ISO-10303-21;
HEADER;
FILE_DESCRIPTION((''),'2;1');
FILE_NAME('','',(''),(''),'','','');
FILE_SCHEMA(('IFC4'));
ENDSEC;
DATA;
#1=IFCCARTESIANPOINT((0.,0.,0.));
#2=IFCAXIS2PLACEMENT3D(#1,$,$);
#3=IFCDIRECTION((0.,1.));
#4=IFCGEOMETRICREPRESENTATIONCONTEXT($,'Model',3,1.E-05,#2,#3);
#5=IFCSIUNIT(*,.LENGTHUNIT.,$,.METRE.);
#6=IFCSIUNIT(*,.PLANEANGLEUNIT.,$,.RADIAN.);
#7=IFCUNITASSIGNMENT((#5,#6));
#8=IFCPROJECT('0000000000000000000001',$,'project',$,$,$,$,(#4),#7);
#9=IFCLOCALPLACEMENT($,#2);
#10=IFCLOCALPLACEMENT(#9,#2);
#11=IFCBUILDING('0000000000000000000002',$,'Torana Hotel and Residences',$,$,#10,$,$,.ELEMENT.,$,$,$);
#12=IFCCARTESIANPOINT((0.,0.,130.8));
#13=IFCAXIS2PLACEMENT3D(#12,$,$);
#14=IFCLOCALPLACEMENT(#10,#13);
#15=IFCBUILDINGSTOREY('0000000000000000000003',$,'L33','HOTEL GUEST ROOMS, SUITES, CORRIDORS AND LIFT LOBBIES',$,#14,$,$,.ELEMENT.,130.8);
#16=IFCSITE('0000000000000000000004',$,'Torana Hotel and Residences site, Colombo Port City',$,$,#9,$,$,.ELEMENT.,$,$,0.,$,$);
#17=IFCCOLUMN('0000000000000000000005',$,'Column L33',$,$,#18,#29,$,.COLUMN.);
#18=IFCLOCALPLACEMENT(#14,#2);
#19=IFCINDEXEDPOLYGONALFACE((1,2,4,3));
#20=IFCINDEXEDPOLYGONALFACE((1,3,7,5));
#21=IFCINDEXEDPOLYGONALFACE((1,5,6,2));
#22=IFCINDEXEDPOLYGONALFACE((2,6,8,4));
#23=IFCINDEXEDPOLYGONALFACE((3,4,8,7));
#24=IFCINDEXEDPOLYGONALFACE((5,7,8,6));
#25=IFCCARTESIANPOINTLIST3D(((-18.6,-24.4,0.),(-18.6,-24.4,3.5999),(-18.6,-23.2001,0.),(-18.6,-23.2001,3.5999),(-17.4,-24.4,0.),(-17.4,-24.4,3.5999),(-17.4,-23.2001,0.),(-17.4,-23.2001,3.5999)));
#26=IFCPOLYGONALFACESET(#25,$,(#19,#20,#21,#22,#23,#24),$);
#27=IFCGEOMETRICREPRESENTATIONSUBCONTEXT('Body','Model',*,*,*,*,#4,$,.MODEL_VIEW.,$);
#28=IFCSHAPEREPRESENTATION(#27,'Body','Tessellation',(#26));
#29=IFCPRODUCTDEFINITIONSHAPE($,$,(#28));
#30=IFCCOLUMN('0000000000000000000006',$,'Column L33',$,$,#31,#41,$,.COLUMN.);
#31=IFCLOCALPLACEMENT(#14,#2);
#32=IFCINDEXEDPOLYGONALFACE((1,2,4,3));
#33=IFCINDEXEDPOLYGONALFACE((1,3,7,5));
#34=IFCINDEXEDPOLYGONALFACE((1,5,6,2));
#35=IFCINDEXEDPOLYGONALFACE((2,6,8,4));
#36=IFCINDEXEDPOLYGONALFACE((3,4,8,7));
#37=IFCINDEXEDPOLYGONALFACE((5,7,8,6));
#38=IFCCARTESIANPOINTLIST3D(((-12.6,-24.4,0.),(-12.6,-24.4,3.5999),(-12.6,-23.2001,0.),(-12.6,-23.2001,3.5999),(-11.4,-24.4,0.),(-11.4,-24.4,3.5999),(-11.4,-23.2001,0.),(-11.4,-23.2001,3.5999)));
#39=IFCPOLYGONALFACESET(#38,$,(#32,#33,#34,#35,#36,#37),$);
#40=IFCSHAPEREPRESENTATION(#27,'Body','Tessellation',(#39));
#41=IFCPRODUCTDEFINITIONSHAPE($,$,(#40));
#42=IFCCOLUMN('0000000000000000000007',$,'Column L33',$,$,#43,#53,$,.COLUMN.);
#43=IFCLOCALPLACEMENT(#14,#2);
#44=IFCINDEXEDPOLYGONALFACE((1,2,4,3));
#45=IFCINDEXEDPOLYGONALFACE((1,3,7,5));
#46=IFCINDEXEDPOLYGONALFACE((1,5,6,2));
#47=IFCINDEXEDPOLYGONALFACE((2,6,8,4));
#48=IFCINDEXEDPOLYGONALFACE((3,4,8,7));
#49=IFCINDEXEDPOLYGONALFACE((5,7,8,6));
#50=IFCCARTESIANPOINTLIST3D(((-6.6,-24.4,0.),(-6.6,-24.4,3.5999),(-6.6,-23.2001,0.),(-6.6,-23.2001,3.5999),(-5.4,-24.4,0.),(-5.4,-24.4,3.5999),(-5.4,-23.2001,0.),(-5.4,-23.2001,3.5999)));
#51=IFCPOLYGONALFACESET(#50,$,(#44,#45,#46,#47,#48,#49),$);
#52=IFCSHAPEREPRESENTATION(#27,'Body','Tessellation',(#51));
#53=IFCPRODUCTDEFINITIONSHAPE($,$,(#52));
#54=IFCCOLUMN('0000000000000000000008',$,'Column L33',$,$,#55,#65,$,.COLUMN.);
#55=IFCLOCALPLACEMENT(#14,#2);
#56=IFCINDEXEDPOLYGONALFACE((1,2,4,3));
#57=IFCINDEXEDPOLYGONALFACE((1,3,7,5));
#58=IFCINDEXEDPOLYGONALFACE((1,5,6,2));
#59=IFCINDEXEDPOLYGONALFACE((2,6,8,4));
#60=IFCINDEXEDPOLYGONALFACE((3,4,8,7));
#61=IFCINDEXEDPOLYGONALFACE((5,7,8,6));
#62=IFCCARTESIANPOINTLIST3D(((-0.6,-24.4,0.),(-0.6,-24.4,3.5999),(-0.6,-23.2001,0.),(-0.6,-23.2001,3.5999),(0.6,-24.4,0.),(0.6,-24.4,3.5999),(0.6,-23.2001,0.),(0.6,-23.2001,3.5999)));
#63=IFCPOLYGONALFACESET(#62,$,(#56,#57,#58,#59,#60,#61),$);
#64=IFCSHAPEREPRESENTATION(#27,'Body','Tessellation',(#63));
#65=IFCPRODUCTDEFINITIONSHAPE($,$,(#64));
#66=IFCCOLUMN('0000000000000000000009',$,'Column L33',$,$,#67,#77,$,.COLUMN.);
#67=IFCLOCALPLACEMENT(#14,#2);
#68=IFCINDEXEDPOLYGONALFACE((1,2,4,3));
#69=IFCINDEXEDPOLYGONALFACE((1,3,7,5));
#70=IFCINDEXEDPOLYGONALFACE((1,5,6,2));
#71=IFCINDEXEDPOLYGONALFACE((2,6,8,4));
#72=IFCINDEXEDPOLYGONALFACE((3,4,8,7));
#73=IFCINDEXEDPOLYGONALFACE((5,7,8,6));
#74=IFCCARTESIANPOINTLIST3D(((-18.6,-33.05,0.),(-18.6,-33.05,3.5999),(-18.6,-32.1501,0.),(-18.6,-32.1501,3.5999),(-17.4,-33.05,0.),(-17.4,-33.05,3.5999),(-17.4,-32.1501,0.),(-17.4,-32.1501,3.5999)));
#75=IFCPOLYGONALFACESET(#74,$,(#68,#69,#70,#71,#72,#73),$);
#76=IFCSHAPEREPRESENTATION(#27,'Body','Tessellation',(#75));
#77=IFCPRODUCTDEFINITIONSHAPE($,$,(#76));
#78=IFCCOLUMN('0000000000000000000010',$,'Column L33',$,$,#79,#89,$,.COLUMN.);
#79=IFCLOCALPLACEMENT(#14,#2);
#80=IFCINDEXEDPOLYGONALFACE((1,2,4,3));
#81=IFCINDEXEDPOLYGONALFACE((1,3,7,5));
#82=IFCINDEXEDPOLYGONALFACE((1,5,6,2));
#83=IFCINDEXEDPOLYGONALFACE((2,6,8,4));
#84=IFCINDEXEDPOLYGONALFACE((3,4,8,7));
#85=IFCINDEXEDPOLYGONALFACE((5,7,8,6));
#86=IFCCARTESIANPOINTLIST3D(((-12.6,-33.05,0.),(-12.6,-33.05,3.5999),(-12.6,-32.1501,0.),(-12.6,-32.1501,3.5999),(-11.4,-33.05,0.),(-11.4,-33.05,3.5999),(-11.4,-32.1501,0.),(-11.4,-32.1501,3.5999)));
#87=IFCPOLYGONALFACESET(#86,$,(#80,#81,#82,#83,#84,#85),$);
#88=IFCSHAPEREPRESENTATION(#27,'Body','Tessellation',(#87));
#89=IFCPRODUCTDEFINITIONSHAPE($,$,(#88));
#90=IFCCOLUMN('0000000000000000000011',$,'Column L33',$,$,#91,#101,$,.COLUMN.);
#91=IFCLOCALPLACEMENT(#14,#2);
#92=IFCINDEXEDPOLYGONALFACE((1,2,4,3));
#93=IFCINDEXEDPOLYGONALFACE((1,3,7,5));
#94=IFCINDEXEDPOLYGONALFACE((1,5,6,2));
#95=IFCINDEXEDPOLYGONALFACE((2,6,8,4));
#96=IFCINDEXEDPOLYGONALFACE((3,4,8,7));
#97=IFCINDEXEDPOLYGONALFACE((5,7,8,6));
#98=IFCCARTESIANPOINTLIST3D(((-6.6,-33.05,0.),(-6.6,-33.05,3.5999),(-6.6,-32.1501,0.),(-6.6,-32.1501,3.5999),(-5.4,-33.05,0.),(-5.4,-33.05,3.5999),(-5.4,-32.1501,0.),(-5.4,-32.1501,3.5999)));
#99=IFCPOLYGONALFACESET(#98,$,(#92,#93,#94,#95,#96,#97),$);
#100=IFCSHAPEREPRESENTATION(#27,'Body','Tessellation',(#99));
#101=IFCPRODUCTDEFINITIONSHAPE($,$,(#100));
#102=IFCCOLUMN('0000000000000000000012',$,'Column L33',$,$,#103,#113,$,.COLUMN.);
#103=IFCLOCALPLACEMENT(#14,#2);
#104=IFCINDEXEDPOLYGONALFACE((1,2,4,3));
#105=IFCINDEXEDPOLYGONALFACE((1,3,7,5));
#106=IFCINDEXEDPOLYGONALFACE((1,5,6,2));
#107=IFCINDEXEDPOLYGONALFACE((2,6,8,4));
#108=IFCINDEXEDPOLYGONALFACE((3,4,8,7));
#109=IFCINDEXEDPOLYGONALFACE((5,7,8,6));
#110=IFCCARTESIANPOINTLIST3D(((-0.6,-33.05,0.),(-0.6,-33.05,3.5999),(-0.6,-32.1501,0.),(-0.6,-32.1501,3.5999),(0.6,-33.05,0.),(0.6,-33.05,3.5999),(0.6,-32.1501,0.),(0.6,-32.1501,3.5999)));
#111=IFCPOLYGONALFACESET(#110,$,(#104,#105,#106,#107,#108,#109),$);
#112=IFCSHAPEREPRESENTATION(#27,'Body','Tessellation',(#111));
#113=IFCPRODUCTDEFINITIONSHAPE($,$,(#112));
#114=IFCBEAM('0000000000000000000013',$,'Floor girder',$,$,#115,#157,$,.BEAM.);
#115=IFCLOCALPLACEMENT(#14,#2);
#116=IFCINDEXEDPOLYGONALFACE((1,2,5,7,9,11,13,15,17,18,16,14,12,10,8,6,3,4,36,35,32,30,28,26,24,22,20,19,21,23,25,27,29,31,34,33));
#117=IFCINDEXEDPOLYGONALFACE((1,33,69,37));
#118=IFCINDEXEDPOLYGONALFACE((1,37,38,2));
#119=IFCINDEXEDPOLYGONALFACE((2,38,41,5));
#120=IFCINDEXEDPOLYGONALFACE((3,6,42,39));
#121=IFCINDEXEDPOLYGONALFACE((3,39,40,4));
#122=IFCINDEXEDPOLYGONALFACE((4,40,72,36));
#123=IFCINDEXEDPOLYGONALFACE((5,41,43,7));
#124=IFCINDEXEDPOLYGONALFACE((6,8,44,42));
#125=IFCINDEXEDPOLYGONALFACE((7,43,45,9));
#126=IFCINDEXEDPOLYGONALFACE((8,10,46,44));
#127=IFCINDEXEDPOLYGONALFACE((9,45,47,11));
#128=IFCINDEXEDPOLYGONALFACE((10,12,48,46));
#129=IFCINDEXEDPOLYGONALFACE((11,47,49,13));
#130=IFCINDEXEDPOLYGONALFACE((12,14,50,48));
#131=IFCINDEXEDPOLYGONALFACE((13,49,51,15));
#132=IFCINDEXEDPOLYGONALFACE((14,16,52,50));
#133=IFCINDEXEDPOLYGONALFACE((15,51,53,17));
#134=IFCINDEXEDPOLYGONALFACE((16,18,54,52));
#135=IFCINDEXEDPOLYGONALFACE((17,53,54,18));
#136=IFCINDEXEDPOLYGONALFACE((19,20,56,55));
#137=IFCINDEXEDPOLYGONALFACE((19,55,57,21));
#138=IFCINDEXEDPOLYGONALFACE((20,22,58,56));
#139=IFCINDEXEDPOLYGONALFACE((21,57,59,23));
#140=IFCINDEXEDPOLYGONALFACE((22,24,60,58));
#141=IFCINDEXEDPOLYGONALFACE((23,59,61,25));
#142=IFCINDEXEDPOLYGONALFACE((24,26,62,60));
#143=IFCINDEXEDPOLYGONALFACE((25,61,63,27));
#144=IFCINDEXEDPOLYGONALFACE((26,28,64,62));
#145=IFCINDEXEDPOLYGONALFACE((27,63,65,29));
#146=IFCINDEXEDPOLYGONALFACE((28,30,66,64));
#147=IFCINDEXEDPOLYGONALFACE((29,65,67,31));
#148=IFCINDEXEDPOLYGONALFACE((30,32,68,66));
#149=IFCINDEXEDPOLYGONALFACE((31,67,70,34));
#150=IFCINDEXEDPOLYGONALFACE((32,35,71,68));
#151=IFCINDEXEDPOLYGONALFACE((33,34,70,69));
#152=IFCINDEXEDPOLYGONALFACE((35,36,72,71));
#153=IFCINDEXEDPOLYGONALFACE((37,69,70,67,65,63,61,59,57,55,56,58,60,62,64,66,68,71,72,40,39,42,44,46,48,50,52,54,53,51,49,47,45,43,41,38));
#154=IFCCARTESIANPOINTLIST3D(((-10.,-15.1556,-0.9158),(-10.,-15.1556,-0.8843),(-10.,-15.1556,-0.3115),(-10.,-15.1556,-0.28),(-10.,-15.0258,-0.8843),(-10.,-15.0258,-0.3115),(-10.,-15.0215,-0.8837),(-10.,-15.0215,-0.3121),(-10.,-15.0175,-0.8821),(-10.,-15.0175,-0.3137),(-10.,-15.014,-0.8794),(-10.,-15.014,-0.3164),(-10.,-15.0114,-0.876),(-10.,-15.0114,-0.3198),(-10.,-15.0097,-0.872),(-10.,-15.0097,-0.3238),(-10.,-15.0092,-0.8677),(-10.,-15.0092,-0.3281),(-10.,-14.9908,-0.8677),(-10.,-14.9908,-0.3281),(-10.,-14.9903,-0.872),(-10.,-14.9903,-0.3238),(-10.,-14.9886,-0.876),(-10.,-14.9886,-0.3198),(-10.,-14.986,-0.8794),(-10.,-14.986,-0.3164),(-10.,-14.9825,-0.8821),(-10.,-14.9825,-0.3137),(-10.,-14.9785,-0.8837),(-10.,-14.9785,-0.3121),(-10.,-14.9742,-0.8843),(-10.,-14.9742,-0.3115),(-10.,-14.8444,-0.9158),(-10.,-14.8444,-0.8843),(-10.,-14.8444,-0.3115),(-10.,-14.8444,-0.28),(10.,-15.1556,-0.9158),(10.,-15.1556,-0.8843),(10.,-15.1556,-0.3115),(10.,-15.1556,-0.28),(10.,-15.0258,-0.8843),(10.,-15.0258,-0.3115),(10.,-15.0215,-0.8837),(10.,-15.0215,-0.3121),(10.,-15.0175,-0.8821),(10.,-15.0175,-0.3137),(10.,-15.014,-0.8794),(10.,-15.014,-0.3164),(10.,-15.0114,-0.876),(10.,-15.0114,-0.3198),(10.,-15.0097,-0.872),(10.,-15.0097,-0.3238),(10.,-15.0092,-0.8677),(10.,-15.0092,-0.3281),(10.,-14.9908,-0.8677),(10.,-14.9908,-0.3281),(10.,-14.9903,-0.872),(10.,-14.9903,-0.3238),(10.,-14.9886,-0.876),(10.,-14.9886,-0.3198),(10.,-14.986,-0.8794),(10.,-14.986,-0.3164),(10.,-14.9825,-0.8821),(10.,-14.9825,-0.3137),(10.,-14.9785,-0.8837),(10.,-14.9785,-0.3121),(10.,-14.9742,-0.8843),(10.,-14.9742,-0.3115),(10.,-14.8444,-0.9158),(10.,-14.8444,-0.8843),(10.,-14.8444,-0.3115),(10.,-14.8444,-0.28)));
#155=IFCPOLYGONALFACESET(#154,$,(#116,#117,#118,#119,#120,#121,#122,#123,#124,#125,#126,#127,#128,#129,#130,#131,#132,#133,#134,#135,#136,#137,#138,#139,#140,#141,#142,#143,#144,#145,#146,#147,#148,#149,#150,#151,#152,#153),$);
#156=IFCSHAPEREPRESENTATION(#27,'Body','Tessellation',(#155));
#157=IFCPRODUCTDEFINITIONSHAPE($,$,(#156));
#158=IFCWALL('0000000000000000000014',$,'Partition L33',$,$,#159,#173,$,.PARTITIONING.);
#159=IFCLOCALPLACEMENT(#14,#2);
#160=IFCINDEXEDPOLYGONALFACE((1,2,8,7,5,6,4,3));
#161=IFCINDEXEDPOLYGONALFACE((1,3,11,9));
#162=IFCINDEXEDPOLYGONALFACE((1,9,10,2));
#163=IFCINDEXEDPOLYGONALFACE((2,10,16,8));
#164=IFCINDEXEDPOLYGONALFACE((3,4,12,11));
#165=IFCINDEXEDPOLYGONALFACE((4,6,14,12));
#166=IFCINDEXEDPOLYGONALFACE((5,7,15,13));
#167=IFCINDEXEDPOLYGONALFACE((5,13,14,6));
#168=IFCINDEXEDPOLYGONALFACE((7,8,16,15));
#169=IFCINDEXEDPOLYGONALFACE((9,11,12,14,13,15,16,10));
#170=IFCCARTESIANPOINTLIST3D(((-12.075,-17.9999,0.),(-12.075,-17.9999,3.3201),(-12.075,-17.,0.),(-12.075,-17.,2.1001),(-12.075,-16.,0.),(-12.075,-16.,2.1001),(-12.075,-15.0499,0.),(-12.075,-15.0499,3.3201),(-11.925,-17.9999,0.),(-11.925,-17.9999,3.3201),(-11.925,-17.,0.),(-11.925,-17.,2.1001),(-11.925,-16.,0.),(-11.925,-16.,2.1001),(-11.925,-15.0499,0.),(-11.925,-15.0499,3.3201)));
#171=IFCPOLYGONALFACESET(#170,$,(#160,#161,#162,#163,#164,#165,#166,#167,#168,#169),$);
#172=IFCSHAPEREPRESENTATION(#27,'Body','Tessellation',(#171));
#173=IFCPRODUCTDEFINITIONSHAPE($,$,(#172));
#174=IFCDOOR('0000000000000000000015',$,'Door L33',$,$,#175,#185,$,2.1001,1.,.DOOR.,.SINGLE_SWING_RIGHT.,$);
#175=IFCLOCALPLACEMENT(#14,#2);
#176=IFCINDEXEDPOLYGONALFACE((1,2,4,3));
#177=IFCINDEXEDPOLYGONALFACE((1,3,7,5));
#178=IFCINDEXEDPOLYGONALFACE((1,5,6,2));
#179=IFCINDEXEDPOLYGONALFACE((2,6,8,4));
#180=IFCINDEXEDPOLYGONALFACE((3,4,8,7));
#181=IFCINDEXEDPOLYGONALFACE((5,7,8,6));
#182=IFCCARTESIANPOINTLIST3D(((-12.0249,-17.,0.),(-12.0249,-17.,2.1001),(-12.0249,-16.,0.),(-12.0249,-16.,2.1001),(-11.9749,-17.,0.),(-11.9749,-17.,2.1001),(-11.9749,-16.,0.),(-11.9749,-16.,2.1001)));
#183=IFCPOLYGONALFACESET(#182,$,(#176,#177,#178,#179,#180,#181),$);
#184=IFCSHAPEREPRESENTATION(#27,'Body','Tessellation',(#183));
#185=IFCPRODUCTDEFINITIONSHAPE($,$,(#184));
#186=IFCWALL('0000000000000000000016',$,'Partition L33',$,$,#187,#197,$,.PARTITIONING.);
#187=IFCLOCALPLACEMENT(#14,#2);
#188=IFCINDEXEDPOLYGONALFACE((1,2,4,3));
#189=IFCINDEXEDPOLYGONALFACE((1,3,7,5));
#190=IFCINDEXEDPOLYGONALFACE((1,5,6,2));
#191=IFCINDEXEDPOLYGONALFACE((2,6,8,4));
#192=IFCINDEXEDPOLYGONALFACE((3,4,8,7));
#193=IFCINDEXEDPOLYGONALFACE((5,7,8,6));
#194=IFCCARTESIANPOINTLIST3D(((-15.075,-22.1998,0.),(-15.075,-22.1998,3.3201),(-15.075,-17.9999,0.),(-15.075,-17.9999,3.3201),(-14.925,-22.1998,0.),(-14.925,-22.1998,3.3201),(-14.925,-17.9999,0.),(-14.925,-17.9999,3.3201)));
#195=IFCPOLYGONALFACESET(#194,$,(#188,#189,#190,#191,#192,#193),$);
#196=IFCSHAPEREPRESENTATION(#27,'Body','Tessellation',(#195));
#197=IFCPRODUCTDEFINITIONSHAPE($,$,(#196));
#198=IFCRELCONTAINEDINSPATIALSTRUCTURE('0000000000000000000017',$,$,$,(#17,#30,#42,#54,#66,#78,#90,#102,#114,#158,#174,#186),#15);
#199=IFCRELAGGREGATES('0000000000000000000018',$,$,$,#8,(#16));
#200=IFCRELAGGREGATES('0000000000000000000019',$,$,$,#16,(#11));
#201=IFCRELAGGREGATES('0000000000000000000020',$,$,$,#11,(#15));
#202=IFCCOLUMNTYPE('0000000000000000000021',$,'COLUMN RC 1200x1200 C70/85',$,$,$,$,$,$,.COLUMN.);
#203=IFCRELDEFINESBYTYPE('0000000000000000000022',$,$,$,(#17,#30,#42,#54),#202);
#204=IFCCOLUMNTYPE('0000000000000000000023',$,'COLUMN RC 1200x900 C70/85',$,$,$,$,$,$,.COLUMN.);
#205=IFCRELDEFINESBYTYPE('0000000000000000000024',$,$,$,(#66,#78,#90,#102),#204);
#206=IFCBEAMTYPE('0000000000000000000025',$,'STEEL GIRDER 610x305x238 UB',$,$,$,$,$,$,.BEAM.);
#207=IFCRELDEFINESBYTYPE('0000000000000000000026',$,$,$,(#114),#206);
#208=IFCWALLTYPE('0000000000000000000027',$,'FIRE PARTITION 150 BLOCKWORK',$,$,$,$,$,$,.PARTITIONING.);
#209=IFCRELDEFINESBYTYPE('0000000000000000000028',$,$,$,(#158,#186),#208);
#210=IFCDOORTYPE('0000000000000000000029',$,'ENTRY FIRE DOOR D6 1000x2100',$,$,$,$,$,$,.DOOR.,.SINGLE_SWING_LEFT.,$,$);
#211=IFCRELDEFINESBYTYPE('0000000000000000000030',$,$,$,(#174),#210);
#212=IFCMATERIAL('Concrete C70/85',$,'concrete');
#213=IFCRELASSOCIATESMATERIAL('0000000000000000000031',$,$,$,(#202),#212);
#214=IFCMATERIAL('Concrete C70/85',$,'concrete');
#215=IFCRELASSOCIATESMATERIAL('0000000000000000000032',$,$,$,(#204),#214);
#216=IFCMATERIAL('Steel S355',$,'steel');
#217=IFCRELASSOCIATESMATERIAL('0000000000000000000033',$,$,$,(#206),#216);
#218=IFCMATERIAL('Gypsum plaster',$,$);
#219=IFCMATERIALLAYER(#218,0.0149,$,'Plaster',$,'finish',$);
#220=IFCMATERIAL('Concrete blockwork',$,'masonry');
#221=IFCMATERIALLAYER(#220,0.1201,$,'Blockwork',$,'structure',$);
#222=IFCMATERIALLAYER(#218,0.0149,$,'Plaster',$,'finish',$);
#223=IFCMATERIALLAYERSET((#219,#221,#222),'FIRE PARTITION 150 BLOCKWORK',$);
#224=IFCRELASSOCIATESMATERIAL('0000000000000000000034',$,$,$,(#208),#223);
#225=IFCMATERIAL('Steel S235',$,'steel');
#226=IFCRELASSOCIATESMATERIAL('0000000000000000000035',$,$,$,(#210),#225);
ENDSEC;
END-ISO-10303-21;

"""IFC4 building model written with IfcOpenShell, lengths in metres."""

from ifc_helpers import new_model, si_unit, direction, frame, frame_2d, origin, origin_2d, place, context, subcontext, project, spatial, rectangle, i_section, extrude, material, layer, layer_set, material_profile, profile_set, type_object, element, fill, save


model = new_model("IFC4")

# Units and contexts
model_context = context("Model", 3, precision=1e-05, world=origin(), true_north=direction((0.0, 1.0)))
body_context = subcontext(model_context, "Body", "Model", "MODEL_VIEW")
ifc_project = project(units=[si_unit("LENGTHUNIT", "METRE"), si_unit("PLANEANGLEUNIT", "RADIAN")], contexts=[model_context])

# Site, building, storey
site_placement = place(None, origin())
site = spatial("IfcSite", under=ifc_project, at=site_placement, Name="Torana Hotel and Residences site, Colombo Port City", CompositionType="ELEMENT", RefElevation=0.0)
building_placement = place(site_placement, origin())
building = spatial("IfcBuilding", under=site, at=building_placement, Name="Torana Hotel and Residences", CompositionType="ELEMENT")
storey_placement = place(building_placement, frame((0.0, 0.0, 130.8)))
storey = spatial("IfcBuildingStorey", under=building, at=storey_placement, Name="L33", Description="HOTEL GUEST ROOMS, SUITES, CORRIDORS AND LIFT LOBBIES", CompositionType="ELEMENT", Elevation=130.8)

# Columns
ifc_material_1 = material(Name="Concrete C70/85", Category="concrete")
ifc_material_profile_1 = material_profile(ifc_material_1, rectangle(XDim=1.2, YDim=1.2, at=origin_2d()), Name="RC 1200x1200")
ifc_profile_set_1 = profile_set([ifc_material_profile_1], Name="Concrete C70/85")
column_type_1 = type_object("IfcColumnType", Name="COLUMN RC 1200x1200 C70/85", PredefinedType="COLUMN", material=ifc_profile_set_1)
for number, where, z_axis, x_axis, name in (
    (1, (-18.0, -23.8, 0.0), (0.0, 0.0, 1.0), (1.0, 0.0, 0.0), "Column L33"),
    (2, (-12.0, -23.8, 0.0), (0.0, 0.0, 1.0), (1.0, 0.0, 0.0), "Column L33"),
    (3, (-6.0, -23.8, 0.0), (0.0, 0.0, 1.0), (1.0, 0.0, 0.0), "Column L33"),
    (4, (0.0, -23.8, 0.0), (0.0, 0.0, 1.0), (1.0, 0.0, 0.0), "Column L33"),
):
    element("IfcColumn", number, at=place(storey_placement, frame(where, z_axis=z_axis, x_axis=x_axis)), inside=storey, type_object=column_type_1, Name=name, PredefinedType="COLUMN", context=body_context, shape_type="SweptSolid", body=[
        extrude(rectangle(XDim=1.2, YDim=1.2, at=origin_2d()), origin(), (0.0, 0.0, 1.0), 3.5999),
    ])
ifc_material_2 = material(Name="Concrete C70/85", Category="concrete")
ifc_material_profile_2 = material_profile(ifc_material_2, rectangle(XDim=1.2, YDim=0.8999, at=origin_2d()), Name="RC 1200x900")
ifc_profile_set_2 = profile_set([ifc_material_profile_2], Name="Concrete C70/85")
column_type_2 = type_object("IfcColumnType", Name="COLUMN RC 1200x900 C70/85", PredefinedType="COLUMN", material=ifc_profile_set_2)
for number, where, z_axis, x_axis, name in (
    (5, (-18.0, -32.6001, 0.0), (0.0, 0.0, 1.0), (1.0, 0.0, 0.0), "Column L33"),
    (6, (-12.0, -32.6001, 0.0), (0.0, 0.0, 1.0), (1.0, 0.0, 0.0), "Column L33"),
    (7, (-6.0, -32.6001, 0.0), (0.0, 0.0, 1.0), (1.0, 0.0, 0.0), "Column L33"),
    (8, (0.0, -32.6001, 0.0), (0.0, 0.0, 1.0), (1.0, 0.0, 0.0), "Column L33"),
):
    element("IfcColumn", number, at=place(storey_placement, frame(where, z_axis=z_axis, x_axis=x_axis)), inside=storey, type_object=column_type_2, Name=name, PredefinedType="COLUMN", context=body_context, shape_type="SweptSolid", body=[
        extrude(rectangle(XDim=1.2, YDim=0.8999, at=origin_2d()), origin(), (0.0, 0.0, 1.0), 3.5999),
    ])

# Beam
ifc_material_3 = material(Name="Steel S355", Category="steel")
ifc_material_profile_3 = material_profile(ifc_material_3, i_section(OverallWidth=0.3113, OverallDepth=0.6357, WebThickness=0.0183, FlangeThickness=0.0315, FilletRadius=0.0166, at=origin_2d()), Name="610x305x238 UB")
ifc_profile_set_3 = profile_set([ifc_material_profile_3], Name="Steel S355")
beam_type = type_object("IfcBeamType", Name="STEEL GIRDER 610x305x238 UB", PredefinedType="BEAM", material=ifc_profile_set_3)
beam_placement = place(storey_placement, frame((-10.0, -15.0, -0.5979), z_axis=(1.0, 0.0, 0.0), x_axis=(0.0, 1.0, 0.0)))
element("IfcBeam", 9, at=beam_placement, inside=storey, type_object=beam_type, Name="Floor girder", PredefinedType="BEAM", context=body_context, shape_type="SweptSolid", body=[
    extrude(i_section(OverallWidth=0.3113, OverallDepth=0.6357, WebThickness=0.0183, FlangeThickness=0.0315, FilletRadius=0.0166, at=origin_2d()), origin(), (0.0, 0.0, 1.0), 20.0),
])

# Wall, opening, door
ifc_material_4 = material(Name="Gypsum plaster")
ifc_layer_1 = layer(ifc_material_4, 0.0149, Name="Plaster", Category="finish")
ifc_material_5 = material(Name="Concrete blockwork", Category="masonry")
ifc_layer_2 = layer(ifc_material_5, 0.1201, Name="Blockwork", Category="structure")
ifc_layer_3 = layer(ifc_material_4, 0.0149, Name="Plaster", Category="finish")
ifc_layer_set_1 = layer_set([ifc_layer_1, ifc_layer_2, ifc_layer_3], Name="FIRE PARTITION 150 BLOCKWORK")
wall_type_1 = type_object("IfcWallType", Name="FIRE PARTITION 150 BLOCKWORK", PredefinedType="PARTITIONING", material=ifc_layer_set_1)
wall_1_placement = place(storey_placement, frame((-12.0, -18.0, 0.0), z_axis=(0.0, 0.0, 1.0), x_axis=(0.0, 1.0, 0.0)))
wall_1 = element("IfcWall", 10, at=wall_1_placement, inside=storey, type_object=wall_type_1, Name="Partition L33", PredefinedType="PARTITIONING", context=body_context, shape_type="SweptSolid", body=[
    extrude(rectangle(XDim=2.95, YDim=0.1499, at=frame_2d((1.4751, 0.0))), origin(), (0.0, 0.0, 1.0), 3.3201),
])
opening_1_placement = place(wall_1_placement, frame((1.0, 0.0, 0.0)))
opening_1 = element("IfcOpeningElement", 11, at=opening_1_placement, cuts=wall_1, PredefinedType="OPENING", context=body_context, shape_type="SweptSolid", body=[
    extrude(rectangle(XDim=1.0, YDim=2.1001, at=frame_2d((0.5, 1.05))), frame((0.0, 0.085, 0.0), z_axis=(0.0, -1.0, 0.0), x_axis=(1.0, 0.0, 0.0)), (0.0, 0.0, 1.0), 0.1699),
])
ifc_material_6 = material(Name="Steel S235", Category="steel")
door_type_1 = type_object("IfcDoorType", Name="ENTRY FIRE DOOR D6 1000x2100", OperationType="SINGLE_SWING_LEFT", PredefinedType="DOOR", material=ifc_material_6)
door_1_placement = place(opening_1_placement, origin())
door_1 = element("IfcDoor", 12, at=door_1_placement, inside=storey, type_object=door_type_1, Name="Door L33", OperationType="SINGLE_SWING_RIGHT", OverallHeight=2.1001, OverallWidth=1.0, PredefinedType="DOOR", context=body_context, shape_type="SweptSolid", body=[
    extrude(rectangle(XDim=1.0, YDim=2.1001, at=frame_2d((0.5, 1.05))), frame((0.0, 0.0249, 0.0), z_axis=(0.0, -1.0, 0.0), x_axis=(1.0, 0.0, 0.0)), (0.0, 0.0, 1.0), 0.05),
])
fill(opening_1, door_1)

# Wall
wall_2_placement = place(storey_placement, frame((-15.0, -22.2, 0.0), z_axis=(0.0, 0.0, 1.0), x_axis=(0.0, 1.0, 0.0)))
element("IfcWall", 13, at=wall_2_placement, inside=storey, type_object=wall_type_1, Name="Partition L33", PredefinedType="PARTITIONING", context=body_context, shape_type="SweptSolid", body=[
    extrude(rectangle(XDim=4.2, YDim=0.1499, at=frame_2d((2.1001, 0.0))), origin(), (0.0, 0.0, 1.0), 3.3201),
])

save(model, "model.ifc")
